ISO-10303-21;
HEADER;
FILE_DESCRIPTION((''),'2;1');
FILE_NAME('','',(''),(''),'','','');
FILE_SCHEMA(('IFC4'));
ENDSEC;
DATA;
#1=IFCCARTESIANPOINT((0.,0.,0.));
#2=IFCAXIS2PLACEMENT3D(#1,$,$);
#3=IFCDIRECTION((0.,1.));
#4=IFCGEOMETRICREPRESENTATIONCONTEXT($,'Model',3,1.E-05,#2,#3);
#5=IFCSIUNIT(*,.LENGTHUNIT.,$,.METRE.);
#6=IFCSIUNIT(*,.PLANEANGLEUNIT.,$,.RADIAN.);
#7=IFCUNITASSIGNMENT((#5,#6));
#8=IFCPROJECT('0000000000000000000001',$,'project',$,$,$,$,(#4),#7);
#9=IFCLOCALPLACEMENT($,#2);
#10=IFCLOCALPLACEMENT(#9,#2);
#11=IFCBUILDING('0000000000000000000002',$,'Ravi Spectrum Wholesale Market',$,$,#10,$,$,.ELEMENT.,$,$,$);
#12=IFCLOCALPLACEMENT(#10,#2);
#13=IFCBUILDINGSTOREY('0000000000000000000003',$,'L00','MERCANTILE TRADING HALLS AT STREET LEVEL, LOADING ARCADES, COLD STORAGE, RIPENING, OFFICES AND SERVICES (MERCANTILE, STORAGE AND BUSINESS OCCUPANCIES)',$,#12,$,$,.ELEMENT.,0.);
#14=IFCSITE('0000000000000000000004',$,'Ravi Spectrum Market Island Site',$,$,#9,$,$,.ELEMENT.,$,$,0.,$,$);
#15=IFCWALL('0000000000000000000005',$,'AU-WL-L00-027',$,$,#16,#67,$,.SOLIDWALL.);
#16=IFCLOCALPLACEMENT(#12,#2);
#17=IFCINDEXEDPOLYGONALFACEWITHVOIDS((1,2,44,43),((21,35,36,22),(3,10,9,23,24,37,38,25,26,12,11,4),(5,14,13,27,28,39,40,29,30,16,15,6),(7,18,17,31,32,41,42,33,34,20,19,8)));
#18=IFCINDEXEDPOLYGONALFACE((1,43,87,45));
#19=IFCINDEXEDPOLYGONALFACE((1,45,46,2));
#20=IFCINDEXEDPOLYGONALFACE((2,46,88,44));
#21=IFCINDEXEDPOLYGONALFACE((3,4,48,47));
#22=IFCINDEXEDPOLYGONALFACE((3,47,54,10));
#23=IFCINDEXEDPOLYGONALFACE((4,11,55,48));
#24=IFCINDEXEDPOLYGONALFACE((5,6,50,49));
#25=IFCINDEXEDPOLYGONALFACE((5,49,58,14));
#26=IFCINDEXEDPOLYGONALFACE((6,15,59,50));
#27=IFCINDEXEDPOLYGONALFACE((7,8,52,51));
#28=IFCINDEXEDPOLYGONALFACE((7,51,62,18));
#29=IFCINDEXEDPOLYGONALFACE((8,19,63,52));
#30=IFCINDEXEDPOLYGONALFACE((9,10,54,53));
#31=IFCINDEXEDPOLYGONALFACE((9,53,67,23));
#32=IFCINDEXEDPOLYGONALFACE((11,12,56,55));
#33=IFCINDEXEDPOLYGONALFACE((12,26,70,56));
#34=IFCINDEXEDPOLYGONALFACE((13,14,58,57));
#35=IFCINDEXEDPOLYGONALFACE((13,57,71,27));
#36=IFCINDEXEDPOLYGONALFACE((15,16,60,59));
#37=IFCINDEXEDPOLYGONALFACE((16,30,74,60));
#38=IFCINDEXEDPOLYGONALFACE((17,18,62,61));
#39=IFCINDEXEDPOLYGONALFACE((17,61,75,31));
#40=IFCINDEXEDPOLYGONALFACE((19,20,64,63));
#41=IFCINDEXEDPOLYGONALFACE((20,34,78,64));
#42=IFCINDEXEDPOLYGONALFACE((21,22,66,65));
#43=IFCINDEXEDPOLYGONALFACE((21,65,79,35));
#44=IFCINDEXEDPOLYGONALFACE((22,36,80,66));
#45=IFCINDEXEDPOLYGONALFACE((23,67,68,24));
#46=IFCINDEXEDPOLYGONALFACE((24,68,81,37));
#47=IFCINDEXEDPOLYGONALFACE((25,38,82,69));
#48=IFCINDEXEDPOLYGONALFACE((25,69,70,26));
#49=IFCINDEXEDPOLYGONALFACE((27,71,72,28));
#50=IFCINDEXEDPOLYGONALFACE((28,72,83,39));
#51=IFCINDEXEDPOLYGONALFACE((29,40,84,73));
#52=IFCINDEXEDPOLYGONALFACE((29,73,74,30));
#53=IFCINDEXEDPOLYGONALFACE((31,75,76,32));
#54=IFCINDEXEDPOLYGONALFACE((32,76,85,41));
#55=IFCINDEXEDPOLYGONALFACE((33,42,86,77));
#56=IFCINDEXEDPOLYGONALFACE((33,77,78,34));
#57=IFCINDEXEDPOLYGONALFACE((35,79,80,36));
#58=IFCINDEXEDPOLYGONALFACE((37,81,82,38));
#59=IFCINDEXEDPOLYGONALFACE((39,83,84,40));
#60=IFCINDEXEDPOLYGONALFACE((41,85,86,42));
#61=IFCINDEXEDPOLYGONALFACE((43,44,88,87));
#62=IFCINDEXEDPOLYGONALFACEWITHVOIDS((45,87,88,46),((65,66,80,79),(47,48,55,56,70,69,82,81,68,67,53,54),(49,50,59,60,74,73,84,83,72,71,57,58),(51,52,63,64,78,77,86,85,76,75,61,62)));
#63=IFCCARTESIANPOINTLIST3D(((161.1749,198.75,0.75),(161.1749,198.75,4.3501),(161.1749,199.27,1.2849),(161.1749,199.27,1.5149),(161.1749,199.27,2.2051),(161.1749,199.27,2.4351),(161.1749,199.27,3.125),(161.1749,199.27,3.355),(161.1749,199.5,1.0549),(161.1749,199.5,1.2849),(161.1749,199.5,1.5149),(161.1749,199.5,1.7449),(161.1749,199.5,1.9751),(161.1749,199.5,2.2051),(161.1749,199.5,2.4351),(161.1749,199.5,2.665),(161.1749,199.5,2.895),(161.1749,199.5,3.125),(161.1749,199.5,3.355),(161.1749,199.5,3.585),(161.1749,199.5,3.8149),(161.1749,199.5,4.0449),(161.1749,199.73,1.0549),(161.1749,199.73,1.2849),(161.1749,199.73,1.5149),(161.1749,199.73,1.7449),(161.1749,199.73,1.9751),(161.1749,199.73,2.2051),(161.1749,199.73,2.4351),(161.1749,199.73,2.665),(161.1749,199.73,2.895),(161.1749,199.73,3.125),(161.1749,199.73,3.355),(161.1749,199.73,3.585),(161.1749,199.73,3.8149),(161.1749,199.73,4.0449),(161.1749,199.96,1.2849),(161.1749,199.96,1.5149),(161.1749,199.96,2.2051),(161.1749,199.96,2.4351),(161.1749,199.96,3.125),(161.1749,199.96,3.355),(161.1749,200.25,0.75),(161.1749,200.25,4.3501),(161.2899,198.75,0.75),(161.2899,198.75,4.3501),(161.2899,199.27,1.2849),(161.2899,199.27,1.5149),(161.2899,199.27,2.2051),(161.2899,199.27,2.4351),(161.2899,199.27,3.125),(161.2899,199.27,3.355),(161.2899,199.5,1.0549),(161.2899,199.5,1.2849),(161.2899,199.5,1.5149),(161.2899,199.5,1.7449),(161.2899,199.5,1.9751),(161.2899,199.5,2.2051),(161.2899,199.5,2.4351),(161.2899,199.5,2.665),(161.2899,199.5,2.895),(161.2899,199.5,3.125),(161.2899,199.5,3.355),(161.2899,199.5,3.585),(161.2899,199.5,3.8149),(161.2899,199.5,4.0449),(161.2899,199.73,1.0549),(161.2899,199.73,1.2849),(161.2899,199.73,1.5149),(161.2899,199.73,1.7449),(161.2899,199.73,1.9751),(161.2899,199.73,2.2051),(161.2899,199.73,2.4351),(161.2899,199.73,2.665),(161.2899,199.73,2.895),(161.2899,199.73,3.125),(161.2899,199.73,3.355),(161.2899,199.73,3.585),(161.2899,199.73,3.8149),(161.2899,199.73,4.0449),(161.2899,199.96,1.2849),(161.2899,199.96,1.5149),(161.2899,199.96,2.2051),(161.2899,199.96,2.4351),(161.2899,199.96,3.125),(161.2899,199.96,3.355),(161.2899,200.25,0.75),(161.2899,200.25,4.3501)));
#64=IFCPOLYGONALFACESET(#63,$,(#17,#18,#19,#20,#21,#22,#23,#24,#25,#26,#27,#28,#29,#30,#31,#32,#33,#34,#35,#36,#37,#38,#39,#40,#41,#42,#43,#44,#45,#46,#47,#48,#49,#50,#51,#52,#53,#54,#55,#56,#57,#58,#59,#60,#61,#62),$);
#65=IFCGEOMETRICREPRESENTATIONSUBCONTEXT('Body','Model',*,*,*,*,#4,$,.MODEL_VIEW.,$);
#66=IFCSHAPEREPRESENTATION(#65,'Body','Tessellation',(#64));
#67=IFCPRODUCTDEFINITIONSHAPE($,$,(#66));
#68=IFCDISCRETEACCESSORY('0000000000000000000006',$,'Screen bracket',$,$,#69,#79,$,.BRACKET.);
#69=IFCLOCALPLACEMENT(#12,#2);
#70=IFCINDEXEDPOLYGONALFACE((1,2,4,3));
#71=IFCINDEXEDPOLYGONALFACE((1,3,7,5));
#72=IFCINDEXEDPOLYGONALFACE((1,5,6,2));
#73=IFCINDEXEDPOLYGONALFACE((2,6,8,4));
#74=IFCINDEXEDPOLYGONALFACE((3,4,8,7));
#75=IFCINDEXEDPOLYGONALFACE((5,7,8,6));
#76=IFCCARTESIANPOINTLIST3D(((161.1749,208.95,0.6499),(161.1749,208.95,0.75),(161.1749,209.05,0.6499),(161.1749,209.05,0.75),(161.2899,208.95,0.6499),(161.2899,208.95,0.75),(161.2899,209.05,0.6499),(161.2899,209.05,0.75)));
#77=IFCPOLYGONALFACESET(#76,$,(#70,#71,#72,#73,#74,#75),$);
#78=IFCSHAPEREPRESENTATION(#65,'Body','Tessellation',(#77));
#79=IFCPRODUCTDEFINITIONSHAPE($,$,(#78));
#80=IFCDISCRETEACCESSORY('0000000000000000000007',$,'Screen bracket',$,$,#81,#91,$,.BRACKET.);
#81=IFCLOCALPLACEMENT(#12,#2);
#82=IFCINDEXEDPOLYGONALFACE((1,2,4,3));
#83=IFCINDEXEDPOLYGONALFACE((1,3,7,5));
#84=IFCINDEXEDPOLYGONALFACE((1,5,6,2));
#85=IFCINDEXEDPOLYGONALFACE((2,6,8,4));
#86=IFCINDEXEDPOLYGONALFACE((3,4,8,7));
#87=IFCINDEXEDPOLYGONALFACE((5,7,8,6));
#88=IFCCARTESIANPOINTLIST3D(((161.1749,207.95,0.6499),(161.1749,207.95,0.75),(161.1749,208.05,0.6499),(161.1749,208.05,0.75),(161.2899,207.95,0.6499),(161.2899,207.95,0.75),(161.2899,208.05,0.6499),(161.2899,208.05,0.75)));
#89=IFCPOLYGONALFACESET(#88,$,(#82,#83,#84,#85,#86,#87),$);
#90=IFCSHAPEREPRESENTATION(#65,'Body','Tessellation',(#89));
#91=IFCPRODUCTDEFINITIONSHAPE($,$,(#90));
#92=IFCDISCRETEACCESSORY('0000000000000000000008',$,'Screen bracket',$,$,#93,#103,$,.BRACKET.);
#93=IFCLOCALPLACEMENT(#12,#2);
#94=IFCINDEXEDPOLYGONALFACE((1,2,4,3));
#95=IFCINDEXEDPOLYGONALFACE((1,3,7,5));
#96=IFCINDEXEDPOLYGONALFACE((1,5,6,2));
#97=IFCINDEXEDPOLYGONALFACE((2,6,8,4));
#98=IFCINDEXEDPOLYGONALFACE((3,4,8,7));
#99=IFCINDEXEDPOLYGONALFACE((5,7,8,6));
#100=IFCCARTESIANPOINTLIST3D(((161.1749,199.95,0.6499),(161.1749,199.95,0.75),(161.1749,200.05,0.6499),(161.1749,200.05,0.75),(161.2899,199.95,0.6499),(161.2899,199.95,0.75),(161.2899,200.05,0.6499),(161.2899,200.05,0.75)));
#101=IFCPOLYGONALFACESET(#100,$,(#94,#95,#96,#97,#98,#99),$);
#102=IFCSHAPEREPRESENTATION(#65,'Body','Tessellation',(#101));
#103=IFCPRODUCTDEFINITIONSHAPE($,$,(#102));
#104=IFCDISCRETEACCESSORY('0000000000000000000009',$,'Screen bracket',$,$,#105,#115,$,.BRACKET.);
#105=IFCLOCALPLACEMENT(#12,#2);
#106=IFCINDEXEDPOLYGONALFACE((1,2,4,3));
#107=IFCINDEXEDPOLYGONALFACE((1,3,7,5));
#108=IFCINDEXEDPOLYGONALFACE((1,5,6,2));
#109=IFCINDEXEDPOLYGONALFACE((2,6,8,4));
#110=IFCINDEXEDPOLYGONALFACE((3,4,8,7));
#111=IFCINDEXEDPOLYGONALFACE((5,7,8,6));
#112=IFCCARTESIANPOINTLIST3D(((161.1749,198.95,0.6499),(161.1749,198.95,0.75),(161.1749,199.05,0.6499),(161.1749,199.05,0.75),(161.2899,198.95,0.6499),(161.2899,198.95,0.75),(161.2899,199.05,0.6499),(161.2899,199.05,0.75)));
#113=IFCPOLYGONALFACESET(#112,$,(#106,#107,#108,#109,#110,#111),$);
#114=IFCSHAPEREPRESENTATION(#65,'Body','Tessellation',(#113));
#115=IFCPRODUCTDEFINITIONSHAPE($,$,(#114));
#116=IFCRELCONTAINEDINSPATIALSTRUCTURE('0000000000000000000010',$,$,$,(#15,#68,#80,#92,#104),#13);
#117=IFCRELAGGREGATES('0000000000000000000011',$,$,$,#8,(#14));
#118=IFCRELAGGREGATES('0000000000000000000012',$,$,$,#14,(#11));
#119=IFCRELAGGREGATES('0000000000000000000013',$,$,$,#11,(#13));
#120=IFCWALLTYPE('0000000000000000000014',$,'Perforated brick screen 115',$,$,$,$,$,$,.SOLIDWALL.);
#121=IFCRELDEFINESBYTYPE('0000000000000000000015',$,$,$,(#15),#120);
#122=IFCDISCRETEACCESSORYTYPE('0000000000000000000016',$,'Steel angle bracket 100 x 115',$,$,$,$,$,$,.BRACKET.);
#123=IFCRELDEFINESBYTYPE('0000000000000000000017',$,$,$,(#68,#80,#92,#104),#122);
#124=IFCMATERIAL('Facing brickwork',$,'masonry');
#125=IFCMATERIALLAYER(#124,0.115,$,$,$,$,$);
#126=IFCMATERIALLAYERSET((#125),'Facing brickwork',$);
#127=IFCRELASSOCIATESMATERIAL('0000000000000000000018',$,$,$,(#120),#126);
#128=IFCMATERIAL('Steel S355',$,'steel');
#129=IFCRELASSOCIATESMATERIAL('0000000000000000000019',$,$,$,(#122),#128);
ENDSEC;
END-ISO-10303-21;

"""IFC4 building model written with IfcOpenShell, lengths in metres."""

from ifc_helpers import new_model, si_unit, direction, frame, frame_2d, origin, origin_2d, place, context, subcontext, project, spatial, rectangle, extrude, material, layer, layer_set, type_object, element, save


model = new_model("IFC4")

# Units and contexts
model_context = context("Model", 3, precision=1e-05, world=origin(), true_north=direction((0.0, 1.0)))
body_context = subcontext(model_context, "Body", "Model", "MODEL_VIEW")
ifc_project = project(units=[si_unit("LENGTHUNIT", "METRE"), si_unit("PLANEANGLEUNIT", "RADIAN")], contexts=[model_context])

# Site, building, storey
site_placement = place(None, origin())
site = spatial("IfcSite", under=ifc_project, at=site_placement, Name="Ravi Spectrum Market Island Site", CompositionType="ELEMENT", RefElevation=0.0)
building_placement = place(site_placement, origin())
building = spatial("IfcBuilding", under=site, at=building_placement, Name="Ravi Spectrum Wholesale Market", CompositionType="ELEMENT")
storey_placement = place(building_placement, origin())
storey = spatial("IfcBuildingStorey", under=building, at=storey_placement, Name="L00", Description="MERCANTILE TRADING HALLS AT STREET LEVEL, LOADING ARCADES, COLD STORAGE, RIPENING, OFFICES AND SERVICES (MERCANTILE, STORAGE AND BUSINESS OCCUPANCIES)", CompositionType="ELEMENT", Elevation=0.0)

# Wall, openings
ifc_material_1 = material(Name="Facing brickwork", Category="masonry")
ifc_layer_1 = layer(ifc_material_1, 0.115)
ifc_layer_set_1 = layer_set([ifc_layer_1], Name="Facing brickwork")
wall_type_1 = type_object("IfcWallType", Name="Perforated brick screen 115", PredefinedType="SOLIDWALL", material=ifc_layer_set_1)
wall_1_placement = place(storey_placement, frame((161.2324, 200.25, 0.75), z_axis=(0.0, 0.0, 1.0), x_axis=(0.0, -1.0, 0.0)))
wall_1 = element("IfcWall", 1, at=wall_1_placement, inside=storey, type_object=wall_type_1, Name="AU-WL-L00-027", PredefinedType="SOLIDWALL", context=body_context, shape_type="SweptSolid", body=[
    extrude(rectangle(XDim=1.5, YDim=0.115, at=frame_2d((0.75, 0.0))), origin(), (0.0, 0.0, 1.0), 3.6001),
])
opening_1_placement = place(wall_1_placement, frame((0.52, 0.0, 0.3049)))
element("IfcOpeningElement", 2, at=opening_1_placement, cuts=wall_1, PredefinedType="OPENING", context=body_context, shape_type="SweptSolid", body=[
    extrude(rectangle(XDim=0.23, YDim=0.23, at=frame_2d((0.115, 0.115))), frame((0.0, 0.0674, 0.0), z_axis=(0.0, -1.0, 0.0), x_axis=(1.0, 0.0, 0.0)), (0.0, 0.0, 1.0), 0.135),
])
opening_2_placement = place(wall_1_placement, frame((0.29, 0.0, 0.5349)))
element("IfcOpeningElement", 3, at=opening_2_placement, cuts=wall_1, PredefinedType="OPENING", context=body_context, shape_type="SweptSolid", body=[
    extrude(rectangle(XDim=0.23, YDim=0.23, at=frame_2d((0.115, 0.115))), frame((0.0, 0.0674, 0.0), z_axis=(0.0, -1.0, 0.0), x_axis=(1.0, 0.0, 0.0)), (0.0, 0.0, 1.0), 0.135),
])
opening_3_placement = place(wall_1_placement, frame((0.52, 0.0, 0.5349)))
element("IfcOpeningElement", 4, at=opening_3_placement, cuts=wall_1, PredefinedType="OPENING", context=body_context, shape_type="SweptSolid", body=[
    extrude(rectangle(XDim=0.23, YDim=0.23, at=frame_2d((0.115, 0.115))), frame((0.0, 0.0674, 0.0), z_axis=(0.0, -1.0, 0.0), x_axis=(1.0, 0.0, 0.0)), (0.0, 0.0, 1.0), 0.135),
])
opening_4_placement = place(wall_1_placement, frame((0.75, 0.0, 0.5349)))
element("IfcOpeningElement", 5, at=opening_4_placement, cuts=wall_1, PredefinedType="OPENING", context=body_context, shape_type="SweptSolid", body=[
    extrude(rectangle(XDim=0.23, YDim=0.23, at=frame_2d((0.115, 0.115))), frame((0.0, 0.0674, 0.0), z_axis=(0.0, -1.0, 0.0), x_axis=(1.0, 0.0, 0.0)), (0.0, 0.0, 1.0), 0.135),
])
opening_5_placement = place(wall_1_placement, frame((0.52, 0.0, 0.7649)))
element("IfcOpeningElement", 6, at=opening_5_placement, cuts=wall_1, PredefinedType="OPENING", context=body_context, shape_type="SweptSolid", body=[
    extrude(rectangle(XDim=0.23, YDim=0.23, at=frame_2d((0.115, 0.115))), frame((0.0, 0.0674, 0.0), z_axis=(0.0, -1.0, 0.0), x_axis=(1.0, 0.0, 0.0)), (0.0, 0.0, 1.0), 0.135),
])
opening_6_placement = place(wall_1_placement, frame((0.52, 0.0, 1.2251)))
element("IfcOpeningElement", 7, at=opening_6_placement, cuts=wall_1, PredefinedType="OPENING", context=body_context, shape_type="SweptSolid", body=[
    extrude(rectangle(XDim=0.23, YDim=0.23, at=frame_2d((0.115, 0.115))), frame((0.0, 0.0674, 0.0), z_axis=(0.0, -1.0, 0.0), x_axis=(1.0, 0.0, 0.0)), (0.0, 0.0, 1.0), 0.135),
])
opening_7_placement = place(wall_1_placement, frame((0.29, 0.0, 1.4551)))
element("IfcOpeningElement", 8, at=opening_7_placement, cuts=wall_1, PredefinedType="OPENING", context=body_context, shape_type="SweptSolid", body=[
    extrude(rectangle(XDim=0.23, YDim=0.23, at=frame_2d((0.115, 0.115))), frame((0.0, 0.0674, 0.0), z_axis=(0.0, -1.0, 0.0), x_axis=(1.0, 0.0, 0.0)), (0.0, 0.0, 1.0), 0.135),
])
opening_8_placement = place(wall_1_placement, frame((0.52, 0.0, 1.4551)))
element("IfcOpeningElement", 9, at=opening_8_placement, cuts=wall_1, PredefinedType="OPENING", context=body_context, shape_type="SweptSolid", body=[
    extrude(rectangle(XDim=0.23, YDim=0.23, at=frame_2d((0.115, 0.115))), frame((0.0, 0.0674, 0.0), z_axis=(0.0, -1.0, 0.0), x_axis=(1.0, 0.0, 0.0)), (0.0, 0.0, 1.0), 0.135),
])
opening_9_placement = place(wall_1_placement, frame((0.75, 0.0, 1.4551)))
element("IfcOpeningElement", 10, at=opening_9_placement, cuts=wall_1, PredefinedType="OPENING", context=body_context, shape_type="SweptSolid", body=[
    extrude(rectangle(XDim=0.23, YDim=0.23, at=frame_2d((0.115, 0.115))), frame((0.0, 0.0674, 0.0), z_axis=(0.0, -1.0, 0.0), x_axis=(1.0, 0.0, 0.0)), (0.0, 0.0, 1.0), 0.135),
])
opening_10_placement = place(wall_1_placement, frame((0.52, 0.0, 1.6851)))
element("IfcOpeningElement", 11, at=opening_10_placement, cuts=wall_1, PredefinedType="OPENING", context=body_context, shape_type="SweptSolid", body=[
    extrude(rectangle(XDim=0.23, YDim=0.23, at=frame_2d((0.115, 0.115))), frame((0.0, 0.0674, 0.0), z_axis=(0.0, -1.0, 0.0), x_axis=(1.0, 0.0, 0.0)), (0.0, 0.0, 1.0), 0.135),
])
opening_11_placement = place(wall_1_placement, frame((0.52, 0.0, 2.145)))
element("IfcOpeningElement", 12, at=opening_11_placement, cuts=wall_1, PredefinedType="OPENING", context=body_context, shape_type="SweptSolid", body=[
    extrude(rectangle(XDim=0.23, YDim=0.23, at=frame_2d((0.115, 0.115))), frame((0.0, 0.0674, 0.0), z_axis=(0.0, -1.0, 0.0), x_axis=(1.0, 0.0, 0.0)), (0.0, 0.0, 1.0), 0.135),
])
opening_12_placement = place(wall_1_placement, frame((0.29, 0.0, 2.375)))
element("IfcOpeningElement", 13, at=opening_12_placement, cuts=wall_1, PredefinedType="OPENING", context=body_context, shape_type="SweptSolid", body=[
    extrude(rectangle(XDim=0.23, YDim=0.23, at=frame_2d((0.115, 0.115))), frame((0.0, 0.0674, 0.0), z_axis=(0.0, -1.0, 0.0), x_axis=(1.0, 0.0, 0.0)), (0.0, 0.0, 1.0), 0.135),
])
opening_13_placement = place(wall_1_placement, frame((0.52, 0.0, 2.375)))
element("IfcOpeningElement", 14, at=opening_13_placement, cuts=wall_1, PredefinedType="OPENING", context=body_context, shape_type="SweptSolid", body=[
    extrude(rectangle(XDim=0.23, YDim=0.23, at=frame_2d((0.115, 0.115))), frame((0.0, 0.0674, 0.0), z_axis=(0.0, -1.0, 0.0), x_axis=(1.0, 0.0, 0.0)), (0.0, 0.0, 1.0), 0.135),
])
opening_14_placement = place(wall_1_placement, frame((0.75, 0.0, 2.375)))
element("IfcOpeningElement", 15, at=opening_14_placement, cuts=wall_1, PredefinedType="OPENING", context=body_context, shape_type="SweptSolid", body=[
    extrude(rectangle(XDim=0.23, YDim=0.23, at=frame_2d((0.115, 0.115))), frame((0.0, 0.0674, 0.0), z_axis=(0.0, -1.0, 0.0), x_axis=(1.0, 0.0, 0.0)), (0.0, 0.0, 1.0), 0.135),
])
opening_15_placement = place(wall_1_placement, frame((0.52, 0.0, 2.605)))
element("IfcOpeningElement", 16, at=opening_15_placement, cuts=wall_1, PredefinedType="OPENING", context=body_context, shape_type="SweptSolid", body=[
    extrude(rectangle(XDim=0.23, YDim=0.23, at=frame_2d((0.115, 0.115))), frame((0.0, 0.0674, 0.0), z_axis=(0.0, -1.0, 0.0), x_axis=(1.0, 0.0, 0.0)), (0.0, 0.0, 1.0), 0.135),
])
opening_16_placement = place(wall_1_placement, frame((0.52, 0.0, 3.0649)))
element("IfcOpeningElement", 17, at=opening_16_placement, cuts=wall_1, PredefinedType="OPENING", context=body_context, shape_type="SweptSolid", body=[
    extrude(rectangle(XDim=0.23, YDim=0.23, at=frame_2d((0.115, 0.115))), frame((0.0, 0.0674, 0.0), z_axis=(0.0, -1.0, 0.0), x_axis=(1.0, 0.0, 0.0)), (0.0, 0.0, 1.0), 0.135),
])

# Discrete accessories
ifc_material_2 = material(Name="Steel S355", Category="steel")
discrete_accessory_type = type_object("IfcDiscreteAccessoryType", Name="Steel angle bracket 100 x 115", PredefinedType="BRACKET", material=ifc_material_2)
for number, where, z_axis, x_axis, name in (
    (18, (161.2324, 209.0, 0.6499), (0.0, 0.0, 1.0), (1.0, 0.0, 0.0), "Screen bracket"),
    (19, (161.2324, 208.0, 0.6499), (0.0, 0.0, 1.0), (1.0, 0.0, 0.0), "Screen bracket"),
    (20, (161.2324, 200.0, 0.6499), (0.0, 0.0, 1.0), (1.0, 0.0, 0.0), "Screen bracket"),
    (21, (161.2324, 199.0, 0.6499), (0.0, 0.0, 1.0), (1.0, 0.0, 0.0), "Screen bracket"),
):
    element("IfcDiscreteAccessory", number, at=place(storey_placement, frame(where, z_axis=z_axis, x_axis=x_axis)), inside=storey, type_object=discrete_accessory_type, Name=name, PredefinedType="BRACKET", context=body_context, shape_type="SweptSolid", body=[
        extrude(rectangle(XDim=0.115, YDim=0.1001, at=origin_2d()), origin(), (0.0, 0.0, 1.0), 0.1001),
    ])

save(model, "model.ifc")
